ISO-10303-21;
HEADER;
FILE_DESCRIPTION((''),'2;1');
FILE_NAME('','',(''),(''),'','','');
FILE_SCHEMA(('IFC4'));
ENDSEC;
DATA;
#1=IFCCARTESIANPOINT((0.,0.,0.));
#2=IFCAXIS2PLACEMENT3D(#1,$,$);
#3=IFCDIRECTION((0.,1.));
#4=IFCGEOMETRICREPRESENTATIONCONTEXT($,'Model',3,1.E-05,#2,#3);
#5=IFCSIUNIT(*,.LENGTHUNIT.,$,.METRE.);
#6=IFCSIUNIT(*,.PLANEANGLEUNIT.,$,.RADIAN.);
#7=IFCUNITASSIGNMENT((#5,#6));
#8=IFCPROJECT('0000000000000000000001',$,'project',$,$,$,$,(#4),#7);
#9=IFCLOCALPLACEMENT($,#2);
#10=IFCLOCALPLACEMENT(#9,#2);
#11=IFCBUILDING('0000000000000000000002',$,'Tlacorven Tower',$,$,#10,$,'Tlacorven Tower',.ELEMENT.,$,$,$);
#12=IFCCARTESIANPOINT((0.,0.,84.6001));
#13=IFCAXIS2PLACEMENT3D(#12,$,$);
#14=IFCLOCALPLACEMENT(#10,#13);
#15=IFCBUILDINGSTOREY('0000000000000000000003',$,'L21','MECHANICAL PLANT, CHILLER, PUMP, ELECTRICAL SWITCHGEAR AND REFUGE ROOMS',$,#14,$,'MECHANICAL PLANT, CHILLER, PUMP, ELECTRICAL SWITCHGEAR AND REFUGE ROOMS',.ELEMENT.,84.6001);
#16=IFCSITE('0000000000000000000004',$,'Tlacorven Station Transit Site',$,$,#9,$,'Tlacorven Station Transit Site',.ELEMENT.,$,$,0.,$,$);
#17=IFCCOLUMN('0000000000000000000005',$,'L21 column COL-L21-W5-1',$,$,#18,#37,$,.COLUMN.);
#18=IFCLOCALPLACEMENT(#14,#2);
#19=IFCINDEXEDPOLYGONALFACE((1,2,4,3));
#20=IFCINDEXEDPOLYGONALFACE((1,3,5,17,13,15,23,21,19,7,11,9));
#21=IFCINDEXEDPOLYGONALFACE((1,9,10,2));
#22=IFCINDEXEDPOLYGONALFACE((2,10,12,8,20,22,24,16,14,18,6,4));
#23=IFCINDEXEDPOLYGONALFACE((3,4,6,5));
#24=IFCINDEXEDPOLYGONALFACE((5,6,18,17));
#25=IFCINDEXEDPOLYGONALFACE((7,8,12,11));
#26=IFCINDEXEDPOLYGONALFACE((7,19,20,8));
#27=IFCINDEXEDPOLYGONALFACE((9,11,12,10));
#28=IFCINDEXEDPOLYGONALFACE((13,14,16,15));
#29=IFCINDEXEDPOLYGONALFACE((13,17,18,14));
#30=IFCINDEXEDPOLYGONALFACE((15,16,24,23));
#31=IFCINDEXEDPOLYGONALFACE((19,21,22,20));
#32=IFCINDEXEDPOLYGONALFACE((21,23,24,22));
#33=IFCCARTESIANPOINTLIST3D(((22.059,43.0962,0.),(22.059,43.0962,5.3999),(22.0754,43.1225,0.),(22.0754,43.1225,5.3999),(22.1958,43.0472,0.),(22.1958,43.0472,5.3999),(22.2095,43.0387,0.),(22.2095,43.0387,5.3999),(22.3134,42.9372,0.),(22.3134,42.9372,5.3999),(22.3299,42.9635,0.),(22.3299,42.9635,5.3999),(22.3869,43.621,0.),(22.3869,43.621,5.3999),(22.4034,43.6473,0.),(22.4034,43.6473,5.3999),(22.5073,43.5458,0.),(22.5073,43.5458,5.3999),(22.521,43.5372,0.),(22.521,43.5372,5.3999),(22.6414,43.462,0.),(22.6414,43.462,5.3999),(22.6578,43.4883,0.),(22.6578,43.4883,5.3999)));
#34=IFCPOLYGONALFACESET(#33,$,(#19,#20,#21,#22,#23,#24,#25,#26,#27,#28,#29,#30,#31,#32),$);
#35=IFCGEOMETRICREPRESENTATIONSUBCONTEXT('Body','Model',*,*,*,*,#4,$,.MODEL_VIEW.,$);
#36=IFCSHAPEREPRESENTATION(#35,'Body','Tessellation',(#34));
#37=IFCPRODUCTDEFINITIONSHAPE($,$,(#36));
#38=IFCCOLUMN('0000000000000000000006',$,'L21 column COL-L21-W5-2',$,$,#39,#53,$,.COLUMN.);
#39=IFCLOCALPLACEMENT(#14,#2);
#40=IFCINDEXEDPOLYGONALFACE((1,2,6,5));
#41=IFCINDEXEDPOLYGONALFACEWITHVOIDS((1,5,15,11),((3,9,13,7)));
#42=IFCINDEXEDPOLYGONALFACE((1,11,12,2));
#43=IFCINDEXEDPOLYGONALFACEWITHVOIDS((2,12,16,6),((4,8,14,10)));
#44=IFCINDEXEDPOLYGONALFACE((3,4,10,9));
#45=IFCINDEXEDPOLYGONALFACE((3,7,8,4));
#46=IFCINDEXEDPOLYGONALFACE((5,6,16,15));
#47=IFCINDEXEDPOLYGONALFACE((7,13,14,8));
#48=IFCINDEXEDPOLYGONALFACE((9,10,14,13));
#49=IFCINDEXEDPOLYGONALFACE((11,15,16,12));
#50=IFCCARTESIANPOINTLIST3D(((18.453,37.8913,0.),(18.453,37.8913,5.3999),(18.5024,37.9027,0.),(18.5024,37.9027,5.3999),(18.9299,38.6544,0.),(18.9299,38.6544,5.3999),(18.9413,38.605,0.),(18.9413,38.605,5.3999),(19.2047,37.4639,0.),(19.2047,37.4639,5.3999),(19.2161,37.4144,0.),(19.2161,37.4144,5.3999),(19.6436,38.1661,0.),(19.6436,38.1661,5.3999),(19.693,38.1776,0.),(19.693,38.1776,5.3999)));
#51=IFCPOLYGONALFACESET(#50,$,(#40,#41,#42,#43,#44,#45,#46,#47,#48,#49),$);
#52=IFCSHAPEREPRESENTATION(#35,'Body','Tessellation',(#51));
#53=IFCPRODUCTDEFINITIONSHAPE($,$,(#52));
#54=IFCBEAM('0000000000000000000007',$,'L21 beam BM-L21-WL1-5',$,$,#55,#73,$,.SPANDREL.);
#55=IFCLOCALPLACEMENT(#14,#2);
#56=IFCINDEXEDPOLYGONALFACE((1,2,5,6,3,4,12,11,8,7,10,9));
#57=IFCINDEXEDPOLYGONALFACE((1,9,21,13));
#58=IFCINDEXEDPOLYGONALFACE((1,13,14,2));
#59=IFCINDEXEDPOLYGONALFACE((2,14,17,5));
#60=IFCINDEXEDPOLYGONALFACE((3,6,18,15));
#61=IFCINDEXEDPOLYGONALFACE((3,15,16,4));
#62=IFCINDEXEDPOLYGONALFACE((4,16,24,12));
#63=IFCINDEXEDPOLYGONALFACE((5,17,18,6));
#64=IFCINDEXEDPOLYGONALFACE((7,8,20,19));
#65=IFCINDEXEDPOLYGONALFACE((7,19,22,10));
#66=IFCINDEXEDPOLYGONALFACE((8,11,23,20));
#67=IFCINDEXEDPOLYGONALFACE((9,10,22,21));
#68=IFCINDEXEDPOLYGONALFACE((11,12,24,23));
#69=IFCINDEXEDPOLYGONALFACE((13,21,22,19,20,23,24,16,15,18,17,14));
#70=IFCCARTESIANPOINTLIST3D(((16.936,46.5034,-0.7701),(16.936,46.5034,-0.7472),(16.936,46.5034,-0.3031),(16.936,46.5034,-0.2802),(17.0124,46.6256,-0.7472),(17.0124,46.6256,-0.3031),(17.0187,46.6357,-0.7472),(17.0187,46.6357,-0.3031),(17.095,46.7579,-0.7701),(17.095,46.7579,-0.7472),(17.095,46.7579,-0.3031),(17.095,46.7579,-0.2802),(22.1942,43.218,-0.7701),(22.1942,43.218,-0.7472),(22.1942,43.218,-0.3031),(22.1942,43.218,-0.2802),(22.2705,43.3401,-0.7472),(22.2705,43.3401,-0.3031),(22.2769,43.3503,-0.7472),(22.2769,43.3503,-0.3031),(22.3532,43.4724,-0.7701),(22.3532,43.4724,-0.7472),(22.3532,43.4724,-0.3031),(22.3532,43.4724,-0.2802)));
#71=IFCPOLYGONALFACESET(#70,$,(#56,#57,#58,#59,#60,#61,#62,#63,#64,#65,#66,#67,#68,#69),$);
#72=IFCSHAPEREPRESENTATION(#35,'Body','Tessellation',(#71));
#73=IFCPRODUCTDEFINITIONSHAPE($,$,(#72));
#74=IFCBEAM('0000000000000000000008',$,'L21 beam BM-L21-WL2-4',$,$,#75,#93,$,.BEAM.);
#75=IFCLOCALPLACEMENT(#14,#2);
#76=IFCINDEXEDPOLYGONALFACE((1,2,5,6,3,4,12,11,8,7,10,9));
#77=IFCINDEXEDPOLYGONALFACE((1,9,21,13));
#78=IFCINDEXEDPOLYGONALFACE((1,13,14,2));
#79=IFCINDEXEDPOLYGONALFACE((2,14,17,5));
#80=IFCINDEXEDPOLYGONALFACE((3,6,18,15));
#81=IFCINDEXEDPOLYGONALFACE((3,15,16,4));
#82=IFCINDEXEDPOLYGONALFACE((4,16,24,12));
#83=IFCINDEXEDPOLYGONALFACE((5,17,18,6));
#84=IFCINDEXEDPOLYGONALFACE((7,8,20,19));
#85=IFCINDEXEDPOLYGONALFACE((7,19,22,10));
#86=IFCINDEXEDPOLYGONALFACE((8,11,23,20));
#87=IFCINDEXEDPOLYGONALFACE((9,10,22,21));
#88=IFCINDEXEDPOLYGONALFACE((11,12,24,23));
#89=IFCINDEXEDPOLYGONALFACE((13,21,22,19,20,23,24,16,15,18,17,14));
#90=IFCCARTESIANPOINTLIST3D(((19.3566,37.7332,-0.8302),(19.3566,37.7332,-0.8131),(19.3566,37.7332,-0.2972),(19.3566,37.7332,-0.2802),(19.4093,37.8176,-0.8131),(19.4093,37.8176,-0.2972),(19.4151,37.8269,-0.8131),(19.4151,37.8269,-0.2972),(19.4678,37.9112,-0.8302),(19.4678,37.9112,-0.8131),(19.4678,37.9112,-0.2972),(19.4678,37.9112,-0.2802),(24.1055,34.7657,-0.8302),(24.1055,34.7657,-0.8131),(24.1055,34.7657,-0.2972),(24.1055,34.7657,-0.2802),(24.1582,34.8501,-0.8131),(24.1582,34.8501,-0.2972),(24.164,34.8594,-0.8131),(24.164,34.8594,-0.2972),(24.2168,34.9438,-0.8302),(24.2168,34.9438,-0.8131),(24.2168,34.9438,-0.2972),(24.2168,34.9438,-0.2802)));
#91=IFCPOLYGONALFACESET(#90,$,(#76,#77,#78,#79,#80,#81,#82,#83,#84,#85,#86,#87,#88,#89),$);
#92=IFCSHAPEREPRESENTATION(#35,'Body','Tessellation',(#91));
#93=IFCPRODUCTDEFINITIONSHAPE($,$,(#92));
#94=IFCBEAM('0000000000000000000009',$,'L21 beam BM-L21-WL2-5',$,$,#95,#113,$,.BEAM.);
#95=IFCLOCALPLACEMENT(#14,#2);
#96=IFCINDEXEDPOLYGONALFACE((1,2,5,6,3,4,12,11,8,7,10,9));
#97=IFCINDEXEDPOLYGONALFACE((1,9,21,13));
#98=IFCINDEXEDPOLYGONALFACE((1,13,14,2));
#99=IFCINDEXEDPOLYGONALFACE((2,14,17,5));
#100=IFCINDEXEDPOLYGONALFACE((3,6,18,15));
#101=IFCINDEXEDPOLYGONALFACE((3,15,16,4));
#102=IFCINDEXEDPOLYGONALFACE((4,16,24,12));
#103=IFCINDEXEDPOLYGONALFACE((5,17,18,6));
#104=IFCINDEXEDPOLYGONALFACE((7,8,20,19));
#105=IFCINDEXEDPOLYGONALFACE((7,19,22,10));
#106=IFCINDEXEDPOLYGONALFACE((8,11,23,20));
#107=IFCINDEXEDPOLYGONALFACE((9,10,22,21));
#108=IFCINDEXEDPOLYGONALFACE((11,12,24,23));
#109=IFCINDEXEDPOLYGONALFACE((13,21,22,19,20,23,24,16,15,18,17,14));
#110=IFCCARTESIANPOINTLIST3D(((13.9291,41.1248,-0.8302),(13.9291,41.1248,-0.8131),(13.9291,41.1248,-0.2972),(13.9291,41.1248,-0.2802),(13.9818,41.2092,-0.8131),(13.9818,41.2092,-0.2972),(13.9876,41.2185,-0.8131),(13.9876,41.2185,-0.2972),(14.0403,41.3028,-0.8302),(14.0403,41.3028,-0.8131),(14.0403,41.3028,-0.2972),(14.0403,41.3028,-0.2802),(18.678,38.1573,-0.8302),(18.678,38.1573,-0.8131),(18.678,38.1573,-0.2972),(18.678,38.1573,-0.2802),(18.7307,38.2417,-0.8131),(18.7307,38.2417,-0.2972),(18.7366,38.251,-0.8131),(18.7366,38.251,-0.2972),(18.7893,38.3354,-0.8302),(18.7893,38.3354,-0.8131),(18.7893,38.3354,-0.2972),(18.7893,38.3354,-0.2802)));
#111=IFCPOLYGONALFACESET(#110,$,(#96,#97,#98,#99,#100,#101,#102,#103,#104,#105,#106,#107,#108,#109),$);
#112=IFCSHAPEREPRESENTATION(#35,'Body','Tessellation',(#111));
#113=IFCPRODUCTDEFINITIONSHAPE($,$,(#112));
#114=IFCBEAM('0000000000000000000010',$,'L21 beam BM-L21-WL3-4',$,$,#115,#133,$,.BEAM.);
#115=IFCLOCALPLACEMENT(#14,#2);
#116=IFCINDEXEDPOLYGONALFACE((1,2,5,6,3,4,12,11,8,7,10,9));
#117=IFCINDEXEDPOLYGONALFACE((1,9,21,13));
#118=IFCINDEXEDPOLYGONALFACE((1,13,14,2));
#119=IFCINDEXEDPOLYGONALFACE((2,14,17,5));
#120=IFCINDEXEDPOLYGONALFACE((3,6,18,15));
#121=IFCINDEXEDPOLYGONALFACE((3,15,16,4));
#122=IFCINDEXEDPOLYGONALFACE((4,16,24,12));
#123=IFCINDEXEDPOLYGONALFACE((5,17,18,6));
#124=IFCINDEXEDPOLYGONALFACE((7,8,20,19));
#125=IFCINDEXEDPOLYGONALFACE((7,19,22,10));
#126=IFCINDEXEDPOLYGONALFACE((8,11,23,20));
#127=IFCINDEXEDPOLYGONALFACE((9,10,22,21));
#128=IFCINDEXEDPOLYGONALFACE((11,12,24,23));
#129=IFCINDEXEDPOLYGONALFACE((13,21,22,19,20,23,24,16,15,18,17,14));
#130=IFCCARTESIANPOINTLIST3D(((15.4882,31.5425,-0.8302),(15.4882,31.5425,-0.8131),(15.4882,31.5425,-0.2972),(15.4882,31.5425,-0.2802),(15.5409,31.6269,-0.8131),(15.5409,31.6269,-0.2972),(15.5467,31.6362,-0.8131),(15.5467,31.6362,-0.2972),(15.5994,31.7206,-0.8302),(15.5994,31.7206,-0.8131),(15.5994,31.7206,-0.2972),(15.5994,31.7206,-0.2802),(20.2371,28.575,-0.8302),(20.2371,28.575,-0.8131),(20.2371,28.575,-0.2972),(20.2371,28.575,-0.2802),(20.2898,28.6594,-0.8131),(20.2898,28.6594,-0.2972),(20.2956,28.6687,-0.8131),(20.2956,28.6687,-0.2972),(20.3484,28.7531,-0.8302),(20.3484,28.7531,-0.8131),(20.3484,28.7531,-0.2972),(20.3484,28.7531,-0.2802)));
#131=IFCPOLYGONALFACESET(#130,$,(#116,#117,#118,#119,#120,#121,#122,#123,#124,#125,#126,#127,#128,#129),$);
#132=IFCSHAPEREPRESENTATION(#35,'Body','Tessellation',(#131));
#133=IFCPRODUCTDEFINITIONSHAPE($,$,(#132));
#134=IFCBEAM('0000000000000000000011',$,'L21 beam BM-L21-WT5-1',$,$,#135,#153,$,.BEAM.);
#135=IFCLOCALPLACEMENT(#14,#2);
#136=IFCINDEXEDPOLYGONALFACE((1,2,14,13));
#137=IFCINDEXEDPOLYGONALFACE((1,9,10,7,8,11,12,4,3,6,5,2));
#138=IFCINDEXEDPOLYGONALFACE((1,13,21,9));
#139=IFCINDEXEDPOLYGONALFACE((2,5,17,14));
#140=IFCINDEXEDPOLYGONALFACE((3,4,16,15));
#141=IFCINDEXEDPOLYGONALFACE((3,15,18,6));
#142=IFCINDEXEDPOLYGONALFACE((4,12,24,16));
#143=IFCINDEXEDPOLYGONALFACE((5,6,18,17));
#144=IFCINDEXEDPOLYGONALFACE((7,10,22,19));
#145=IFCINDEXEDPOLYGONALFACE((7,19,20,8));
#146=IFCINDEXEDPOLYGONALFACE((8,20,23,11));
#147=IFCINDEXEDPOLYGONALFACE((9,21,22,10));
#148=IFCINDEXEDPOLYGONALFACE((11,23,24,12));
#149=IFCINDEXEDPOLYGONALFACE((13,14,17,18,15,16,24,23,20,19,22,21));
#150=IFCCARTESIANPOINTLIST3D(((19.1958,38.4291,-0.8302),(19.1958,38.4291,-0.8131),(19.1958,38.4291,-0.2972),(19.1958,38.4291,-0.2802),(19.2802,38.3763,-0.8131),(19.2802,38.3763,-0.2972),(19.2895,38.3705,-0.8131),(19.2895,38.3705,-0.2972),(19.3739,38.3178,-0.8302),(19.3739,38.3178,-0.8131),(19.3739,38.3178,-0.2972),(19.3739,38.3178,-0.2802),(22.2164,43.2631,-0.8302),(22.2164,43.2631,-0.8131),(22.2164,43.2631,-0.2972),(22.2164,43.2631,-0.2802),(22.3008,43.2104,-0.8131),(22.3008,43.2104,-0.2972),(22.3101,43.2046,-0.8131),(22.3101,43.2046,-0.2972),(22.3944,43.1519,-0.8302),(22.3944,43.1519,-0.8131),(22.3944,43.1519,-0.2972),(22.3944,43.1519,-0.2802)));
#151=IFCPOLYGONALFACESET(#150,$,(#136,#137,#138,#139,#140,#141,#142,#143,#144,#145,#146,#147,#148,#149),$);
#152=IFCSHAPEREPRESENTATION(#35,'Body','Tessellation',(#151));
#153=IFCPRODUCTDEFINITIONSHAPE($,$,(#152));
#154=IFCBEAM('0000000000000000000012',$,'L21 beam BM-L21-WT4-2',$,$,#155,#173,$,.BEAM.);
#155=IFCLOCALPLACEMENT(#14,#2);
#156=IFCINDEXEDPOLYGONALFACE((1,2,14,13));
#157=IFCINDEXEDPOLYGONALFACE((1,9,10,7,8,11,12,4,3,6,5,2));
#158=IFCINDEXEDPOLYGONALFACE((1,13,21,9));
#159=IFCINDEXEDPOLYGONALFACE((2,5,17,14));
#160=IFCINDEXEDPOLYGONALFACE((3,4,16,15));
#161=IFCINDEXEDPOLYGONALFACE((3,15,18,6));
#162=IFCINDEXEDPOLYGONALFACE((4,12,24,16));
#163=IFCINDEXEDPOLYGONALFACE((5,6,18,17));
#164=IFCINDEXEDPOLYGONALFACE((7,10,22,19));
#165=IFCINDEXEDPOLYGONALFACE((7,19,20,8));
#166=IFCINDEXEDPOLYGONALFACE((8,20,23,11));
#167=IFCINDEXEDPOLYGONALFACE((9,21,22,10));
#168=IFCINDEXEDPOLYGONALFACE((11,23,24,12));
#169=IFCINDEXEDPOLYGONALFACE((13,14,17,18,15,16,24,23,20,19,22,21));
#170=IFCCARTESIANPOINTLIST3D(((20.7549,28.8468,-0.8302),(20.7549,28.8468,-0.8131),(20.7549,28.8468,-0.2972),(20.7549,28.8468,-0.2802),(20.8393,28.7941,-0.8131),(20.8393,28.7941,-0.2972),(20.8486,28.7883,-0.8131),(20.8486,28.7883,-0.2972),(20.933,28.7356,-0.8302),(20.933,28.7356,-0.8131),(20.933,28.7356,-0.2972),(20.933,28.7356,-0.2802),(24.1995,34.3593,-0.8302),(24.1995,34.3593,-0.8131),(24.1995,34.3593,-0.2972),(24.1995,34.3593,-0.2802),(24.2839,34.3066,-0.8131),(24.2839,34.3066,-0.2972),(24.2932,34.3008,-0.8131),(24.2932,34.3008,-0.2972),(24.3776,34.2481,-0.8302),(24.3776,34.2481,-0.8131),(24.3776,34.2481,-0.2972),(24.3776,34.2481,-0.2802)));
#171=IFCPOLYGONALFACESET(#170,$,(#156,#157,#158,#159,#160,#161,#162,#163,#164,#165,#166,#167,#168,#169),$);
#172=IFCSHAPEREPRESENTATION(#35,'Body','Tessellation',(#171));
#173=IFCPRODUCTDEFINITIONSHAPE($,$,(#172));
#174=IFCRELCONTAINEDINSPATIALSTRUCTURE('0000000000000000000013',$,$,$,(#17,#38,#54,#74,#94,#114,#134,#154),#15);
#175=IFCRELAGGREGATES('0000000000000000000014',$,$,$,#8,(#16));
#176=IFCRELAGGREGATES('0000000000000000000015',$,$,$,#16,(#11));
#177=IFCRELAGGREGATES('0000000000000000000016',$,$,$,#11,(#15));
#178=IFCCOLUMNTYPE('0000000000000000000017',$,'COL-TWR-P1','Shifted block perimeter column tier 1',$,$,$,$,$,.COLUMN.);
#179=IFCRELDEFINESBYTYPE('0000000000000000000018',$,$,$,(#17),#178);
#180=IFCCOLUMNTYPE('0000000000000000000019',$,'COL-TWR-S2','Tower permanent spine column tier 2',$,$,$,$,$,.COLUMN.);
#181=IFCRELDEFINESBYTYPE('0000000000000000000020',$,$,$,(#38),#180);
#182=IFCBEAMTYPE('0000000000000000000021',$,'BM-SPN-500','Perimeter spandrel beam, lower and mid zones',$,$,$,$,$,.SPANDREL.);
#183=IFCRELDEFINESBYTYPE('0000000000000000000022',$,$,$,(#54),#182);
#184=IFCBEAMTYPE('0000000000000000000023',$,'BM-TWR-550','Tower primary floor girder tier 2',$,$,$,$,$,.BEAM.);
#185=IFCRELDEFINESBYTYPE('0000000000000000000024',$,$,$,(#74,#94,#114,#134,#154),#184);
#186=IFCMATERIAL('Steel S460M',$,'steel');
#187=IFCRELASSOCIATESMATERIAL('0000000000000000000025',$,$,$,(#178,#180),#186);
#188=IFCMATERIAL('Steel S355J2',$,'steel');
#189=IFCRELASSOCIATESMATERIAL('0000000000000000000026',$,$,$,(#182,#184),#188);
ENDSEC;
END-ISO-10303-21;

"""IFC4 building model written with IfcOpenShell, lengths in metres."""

from ifc_helpers import new_model, si_unit, direction, frame, origin, origin_2d, place, context, subcontext, project, spatial, hollow_rectangle, i_section, extrude, source, transform, mapped, material, material_profile, profile_set, type_object, element, save


model = new_model("IFC4")

# Units and contexts
model_context = context("Model", 3, precision=1e-05, world=origin(), true_north=direction((0.0, 1.0)))
body_context = subcontext(model_context, "Body", "Model", "MODEL_VIEW")
ifc_project = project(units=[si_unit("LENGTHUNIT", "METRE"), si_unit("PLANEANGLEUNIT", "RADIAN")], contexts=[model_context])

# Site, building, storey
site_placement = place(None, origin())
site = spatial("IfcSite", under=ifc_project, at=site_placement, Name="Tlacorven Station Transit Site", LongName="Tlacorven Station Transit Site", CompositionType="ELEMENT", RefElevation=0.0)
building_placement = place(site_placement, origin())
building = spatial("IfcBuilding", under=site, at=building_placement, Name="Tlacorven Tower", LongName="Tlacorven Tower", CompositionType="ELEMENT")
storey_placement = place(building_placement, frame((0.0, 0.0, 84.6001)))
storey = spatial("IfcBuildingStorey", under=building, at=storey_placement, Name="L21", Description="MECHANICAL PLANT, CHILLER, PUMP, ELECTRICAL SWITCHGEAR AND REFUGE ROOMS", LongName="MECHANICAL PLANT, CHILLER, PUMP, ELECTRICAL SWITCHGEAR AND REFUGE ROOMS", CompositionType="ELEMENT", Elevation=84.6001)

# Columns
ifc_material_1 = material(Name="Steel S460M", Category="steel")
ifc_material_profile_1 = material_profile(ifc_material_1, i_section(OverallWidth=0.3, OverallDepth=0.6499, WebThickness=0.0161, FlangeThickness=0.031, at=origin_2d()), Name="HEB 650")
ifc_profile_set_1 = profile_set([ifc_material_profile_1], Name="Steel S460M")
column_type_1 = type_object("IfcColumnType", Name="COL-TWR-P1", Description="Shifted block perimeter column tier 1", PredefinedType="COLUMN", material=ifc_profile_set_1)
shared_shape_1 = source(origin(), body_context, "Body", "SweptSolid", [
    extrude(i_section(OverallWidth=0.3, OverallDepth=0.6499, WebThickness=0.0161, FlangeThickness=0.031, at=origin_2d()), origin(), (0.0, 0.0, 1.0), 5.3999),
])
column_1_placement = place(storey_placement, frame((22.3584, 43.2922, 0.0), z_axis=(0.0, 0.0, 1.0), x_axis=(-0.848048, 0.529919, 0.0)))
element("IfcColumn", 1, at=column_1_placement, inside=storey, type_object=column_type_1, Name="L21 column COL-L21-W5-1", PredefinedType="COLUMN", context=body_context, shape_type="MappedRepresentation", body=[
    mapped(shared_shape_1, transform((0.0, 0.0, 0.0), scale=1.0)),
])
ifc_material_profile_2 = material_profile(ifc_material_1, hollow_rectangle(XDim=0.8999, YDim=0.8999, WallThickness=0.0359, at=origin_2d()), Name="BOX 900X900X36")
ifc_profile_set_2 = profile_set([ifc_material_profile_2], Name="Steel S460M")
column_type_2 = type_object("IfcColumnType", Name="COL-TWR-S2", Description="Tower permanent spine column tier 2", PredefinedType="COLUMN", material=ifc_profile_set_2)
shared_shape_2 = source(origin(), body_context, "Body", "SweptSolid", [
    extrude(hollow_rectangle(XDim=0.8999, YDim=0.8999, WallThickness=0.0359, at=origin_2d()), origin(), (0.0, 0.0, 1.0), 5.3999),
])
column_2_placement = place(storey_placement, frame((19.073, 38.0344, 0.0), z_axis=(0.0, 0.0, 1.0), x_axis=(-0.848048, 0.529919, 0.0)))
element("IfcColumn", 2, at=column_2_placement, inside=storey, type_object=column_type_2, Name="L21 column COL-L21-W5-2", PredefinedType="COLUMN", context=body_context, shape_type="MappedRepresentation", body=[
    mapped(shared_shape_2, transform((0.0, 0.0, 0.0), scale=1.0)),
])

# Beams
ifc_material_2 = material(Name="Steel S355J2", Category="steel")
ifc_material_profile_3 = material_profile(ifc_material_2, i_section(OverallWidth=0.3, OverallDepth=0.49, WebThickness=0.012, FlangeThickness=0.0229, at=origin_2d()), Name="HEA 500")
ifc_profile_set_3 = profile_set([ifc_material_profile_3], Name="Steel S355J2")
beam_type_1 = type_object("IfcBeamType", Name="BM-SPN-500", Description="Perimeter spandrel beam, lower and mid zones", PredefinedType="SPANDREL", material=ifc_profile_set_3)
shared_shape_3 = source(origin(), body_context, "Body", "SweptSolid", [
    extrude(i_section(OverallWidth=0.3, OverallDepth=0.49, WebThickness=0.012, FlangeThickness=0.0229, at=origin_2d()), origin(), (0.0, 0.0, 1.0), 6.2002),
])
beam_1_placement = place(storey_placement, frame((22.2737, 43.3452, -0.5251), z_axis=(-0.848062, 0.529896, 0.0), x_axis=(-0.529896, -0.848062, 0.0)))
element("IfcBeam", 3, at=beam_1_placement, inside=storey, type_object=beam_type_1, Name="L21 beam BM-L21-WL1-5", PredefinedType="SPANDREL", context=body_context, shape_type="MappedRepresentation", body=[
    mapped(shared_shape_3, transform((0.0, 0.0, 0.0), scale=1.0)),
])
ifc_material_profile_4 = material_profile(ifc_material_2, i_section(OverallWidth=0.21, OverallDepth=0.55, WebThickness=0.011, FlangeThickness=0.0171, at=origin_2d()), Name="IPE 550")
ifc_profile_set_4 = profile_set([ifc_material_profile_4], Name="Steel S355J2")
beam_type_2 = type_object("IfcBeamType", Name="BM-TWR-550", Description="Tower primary floor girder tier 2", PredefinedType="BEAM", material=ifc_profile_set_4)
shared_shape_4 = source(origin(), body_context, "Body", "SweptSolid", [
    extrude(i_section(OverallWidth=0.21, OverallDepth=0.55, WebThickness=0.011, FlangeThickness=0.0171, at=origin_2d()), origin(), (0.0, 0.0, 1.0), 5.5999),
])
for number, where, z_axis, x_axis, name in (
    (4, (24.1611, 34.8547, -0.5552), (-0.848047, 0.529921, 0.0), (-0.529921, -0.848047, 0.0), "L21 beam BM-L21-WL2-4"),
    (5, (18.7336, 38.2463, -0.5552), (-0.848047, 0.529921, 0.0), (-0.529921, -0.848047, 0.0), "L21 beam BM-L21-WL2-5"),
    (6, (20.2927, 28.6641, -0.5552), (-0.848047, 0.529921, 0.0), (-0.529921, -0.848047, 0.0), "L21 beam BM-L21-WL3-4"),
):
    element("IfcBeam", number, at=place(storey_placement, frame(where, z_axis=z_axis, x_axis=x_axis)), inside=storey, type_object=beam_type_2, Name=name, PredefinedType="BEAM", context=body_context, shape_type="MappedRepresentation", body=[
        mapped(shared_shape_4, transform((0.0, 0.0, 0.0), scale=1.0)),
    ])
shared_shape_5 = source(origin(), body_context, "Body", "SweptSolid", [
    extrude(i_section(OverallWidth=0.21, OverallDepth=0.55, WebThickness=0.011, FlangeThickness=0.0171, at=origin_2d()), origin(), (0.0, 0.0, 1.0), 5.7002),
])
beam_2_placement = place(storey_placement, frame((22.3054, 43.2075, -0.5552), z_axis=(-0.529907, -0.848056, 0.0), x_axis=(0.848056, -0.529907, 0.0)))
element("IfcBeam", 7, at=beam_2_placement, inside=storey, type_object=beam_type_2, Name="L21 beam BM-L21-WT5-1", PredefinedType="BEAM", context=body_context, shape_type="MappedRepresentation", body=[
    mapped(shared_shape_5, transform((0.0, 0.0, 0.0), scale=1.0)),
])
shared_shape_6 = source(origin(), body_context, "Body", "SweptSolid", [
    extrude(i_section(OverallWidth=0.21, OverallDepth=0.55, WebThickness=0.011, FlangeThickness=0.0171, at=origin_2d()), origin(), (0.0, 0.0, 1.0), 6.5002),
])
beam_3_placement = place(storey_placement, frame((24.2886, 34.3037, -0.5552), z_axis=(-0.529921, -0.848047, 0.0), x_axis=(0.848047, -0.529921, 0.0)))
element("IfcBeam", 8, at=beam_3_placement, inside=storey, type_object=beam_type_2, Name="L21 beam BM-L21-WT4-2", PredefinedType="BEAM", context=body_context, shape_type="MappedRepresentation", body=[
    mapped(shared_shape_6, transform((0.0, 0.0, 0.0), scale=1.0)),
])

save(model, "model.ifc")
